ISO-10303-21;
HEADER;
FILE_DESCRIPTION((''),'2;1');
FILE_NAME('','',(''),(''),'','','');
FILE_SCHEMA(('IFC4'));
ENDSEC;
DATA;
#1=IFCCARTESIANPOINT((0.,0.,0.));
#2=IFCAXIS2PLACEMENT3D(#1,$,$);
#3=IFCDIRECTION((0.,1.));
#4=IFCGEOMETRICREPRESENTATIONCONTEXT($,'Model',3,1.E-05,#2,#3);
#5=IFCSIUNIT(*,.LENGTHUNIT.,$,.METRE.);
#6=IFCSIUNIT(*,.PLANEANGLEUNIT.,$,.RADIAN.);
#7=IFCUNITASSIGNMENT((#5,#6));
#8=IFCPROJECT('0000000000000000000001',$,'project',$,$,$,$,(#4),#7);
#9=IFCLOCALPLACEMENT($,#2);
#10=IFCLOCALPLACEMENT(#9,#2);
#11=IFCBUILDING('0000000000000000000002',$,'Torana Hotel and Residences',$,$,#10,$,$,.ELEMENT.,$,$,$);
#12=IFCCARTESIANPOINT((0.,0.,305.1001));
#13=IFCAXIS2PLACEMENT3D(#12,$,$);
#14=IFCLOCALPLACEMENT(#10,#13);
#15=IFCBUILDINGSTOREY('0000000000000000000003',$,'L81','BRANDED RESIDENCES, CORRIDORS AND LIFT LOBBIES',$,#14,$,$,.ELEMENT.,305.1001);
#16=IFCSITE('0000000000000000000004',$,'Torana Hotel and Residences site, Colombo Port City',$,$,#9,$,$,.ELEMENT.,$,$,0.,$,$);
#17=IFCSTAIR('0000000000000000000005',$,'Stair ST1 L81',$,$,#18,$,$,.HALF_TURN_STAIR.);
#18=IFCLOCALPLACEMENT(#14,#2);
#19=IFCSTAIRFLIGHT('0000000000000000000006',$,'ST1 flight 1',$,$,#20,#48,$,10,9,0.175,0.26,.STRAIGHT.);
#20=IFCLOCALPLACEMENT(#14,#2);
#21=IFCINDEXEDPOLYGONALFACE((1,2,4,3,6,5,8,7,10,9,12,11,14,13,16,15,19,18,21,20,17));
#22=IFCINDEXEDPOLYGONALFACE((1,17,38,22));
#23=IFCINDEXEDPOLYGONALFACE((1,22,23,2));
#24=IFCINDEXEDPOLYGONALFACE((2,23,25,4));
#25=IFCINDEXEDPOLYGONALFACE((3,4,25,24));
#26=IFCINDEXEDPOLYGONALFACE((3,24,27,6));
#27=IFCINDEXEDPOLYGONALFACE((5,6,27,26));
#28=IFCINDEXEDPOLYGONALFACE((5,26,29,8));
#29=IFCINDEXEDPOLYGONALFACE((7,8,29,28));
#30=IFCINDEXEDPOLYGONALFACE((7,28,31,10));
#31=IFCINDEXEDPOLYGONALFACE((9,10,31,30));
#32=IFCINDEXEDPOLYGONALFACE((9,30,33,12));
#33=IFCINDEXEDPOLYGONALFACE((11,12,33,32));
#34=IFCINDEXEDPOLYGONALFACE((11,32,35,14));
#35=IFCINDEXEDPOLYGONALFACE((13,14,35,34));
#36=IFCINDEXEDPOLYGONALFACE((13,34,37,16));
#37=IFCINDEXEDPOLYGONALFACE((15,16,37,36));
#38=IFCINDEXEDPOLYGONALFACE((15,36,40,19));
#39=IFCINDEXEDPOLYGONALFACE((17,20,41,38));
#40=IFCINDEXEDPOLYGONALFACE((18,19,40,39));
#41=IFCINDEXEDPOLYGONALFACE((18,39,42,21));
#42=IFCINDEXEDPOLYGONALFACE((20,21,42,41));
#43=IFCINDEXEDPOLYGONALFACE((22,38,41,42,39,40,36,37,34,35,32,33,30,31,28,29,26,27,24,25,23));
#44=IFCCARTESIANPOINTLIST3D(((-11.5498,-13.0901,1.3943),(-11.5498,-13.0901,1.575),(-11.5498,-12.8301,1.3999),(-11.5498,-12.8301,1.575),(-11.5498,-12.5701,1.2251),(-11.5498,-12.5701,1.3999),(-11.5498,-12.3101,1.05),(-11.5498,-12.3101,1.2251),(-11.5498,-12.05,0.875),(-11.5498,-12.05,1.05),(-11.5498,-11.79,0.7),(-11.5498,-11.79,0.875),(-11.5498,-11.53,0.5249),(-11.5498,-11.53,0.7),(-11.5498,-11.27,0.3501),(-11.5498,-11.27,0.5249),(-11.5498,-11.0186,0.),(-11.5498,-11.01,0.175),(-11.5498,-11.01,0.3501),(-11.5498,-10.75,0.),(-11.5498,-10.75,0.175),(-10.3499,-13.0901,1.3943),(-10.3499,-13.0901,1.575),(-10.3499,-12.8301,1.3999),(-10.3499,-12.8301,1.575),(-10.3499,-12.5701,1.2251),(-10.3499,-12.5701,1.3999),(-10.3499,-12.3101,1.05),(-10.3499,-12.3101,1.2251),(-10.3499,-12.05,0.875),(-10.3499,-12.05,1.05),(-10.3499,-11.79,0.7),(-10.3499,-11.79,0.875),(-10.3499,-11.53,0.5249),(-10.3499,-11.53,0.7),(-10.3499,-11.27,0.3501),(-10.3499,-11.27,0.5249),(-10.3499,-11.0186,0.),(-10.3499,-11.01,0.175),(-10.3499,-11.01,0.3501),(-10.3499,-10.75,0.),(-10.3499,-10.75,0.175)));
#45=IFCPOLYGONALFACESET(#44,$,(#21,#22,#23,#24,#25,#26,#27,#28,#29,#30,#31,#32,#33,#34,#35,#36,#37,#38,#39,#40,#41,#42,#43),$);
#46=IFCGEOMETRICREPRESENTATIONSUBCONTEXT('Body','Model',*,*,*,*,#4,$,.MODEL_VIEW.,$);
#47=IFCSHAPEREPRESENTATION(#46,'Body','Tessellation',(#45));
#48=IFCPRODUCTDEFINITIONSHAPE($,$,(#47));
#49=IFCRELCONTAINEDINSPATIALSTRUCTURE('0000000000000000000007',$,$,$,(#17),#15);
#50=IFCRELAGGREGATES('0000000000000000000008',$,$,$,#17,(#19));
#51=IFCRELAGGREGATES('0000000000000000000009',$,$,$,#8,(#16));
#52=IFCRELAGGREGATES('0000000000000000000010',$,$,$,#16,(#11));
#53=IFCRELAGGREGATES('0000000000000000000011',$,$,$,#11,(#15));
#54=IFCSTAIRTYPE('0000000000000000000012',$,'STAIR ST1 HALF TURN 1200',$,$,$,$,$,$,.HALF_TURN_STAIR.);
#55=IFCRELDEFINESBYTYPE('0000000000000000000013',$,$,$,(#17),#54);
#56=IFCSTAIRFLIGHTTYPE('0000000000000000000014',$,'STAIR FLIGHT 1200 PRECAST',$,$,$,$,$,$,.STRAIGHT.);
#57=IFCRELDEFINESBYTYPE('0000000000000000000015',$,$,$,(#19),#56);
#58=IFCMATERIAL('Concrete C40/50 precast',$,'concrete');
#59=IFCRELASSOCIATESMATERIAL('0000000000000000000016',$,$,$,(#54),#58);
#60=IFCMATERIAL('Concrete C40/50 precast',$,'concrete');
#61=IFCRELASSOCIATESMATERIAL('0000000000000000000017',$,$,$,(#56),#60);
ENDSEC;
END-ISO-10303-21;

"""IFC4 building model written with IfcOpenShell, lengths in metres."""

from ifc_helpers import new_model, si_unit, direction, frame, origin, place, context, subcontext, project, spatial, polyline, outline, extrude, material, type_object, element, aggregate, save


model = new_model("IFC4")

# Units and contexts
model_context = context("Model", 3, precision=1e-05, world=origin(), true_north=direction((0.0, 1.0)))
body_context = subcontext(model_context, "Body", "Model", "MODEL_VIEW")
ifc_project = project(units=[si_unit("LENGTHUNIT", "METRE"), si_unit("PLANEANGLEUNIT", "RADIAN")], contexts=[model_context])

# Site, building, storey
site_placement = place(None, origin())
site = spatial("IfcSite", under=ifc_project, at=site_placement, Name="Torana Hotel and Residences site, Colombo Port City", CompositionType="ELEMENT", RefElevation=0.0)
building_placement = place(site_placement, origin())
building = spatial("IfcBuilding", under=site, at=building_placement, Name="Torana Hotel and Residences", CompositionType="ELEMENT")
storey_placement = place(building_placement, frame((0.0, 0.0, 305.1001)))
storey = spatial("IfcBuildingStorey", under=building, at=storey_placement, Name="L81", Description="BRANDED RESIDENCES, CORRIDORS AND LIFT LOBBIES", CompositionType="ELEMENT", Elevation=305.1001)

# Stair, stair flight
ifc_material_1 = material(Name="Concrete C40/50 precast", Category="concrete")
stair_type = type_object("IfcStairType", Name="STAIR ST1 HALF TURN 1200", PredefinedType="HALF_TURN_STAIR", material=ifc_material_1)
stair_placement = place(storey_placement, origin())
stair = element("IfcStair", 1, at=stair_placement, inside=storey, type_object=stair_type, Name="Stair ST1 L81", PredefinedType="HALF_TURN_STAIR")
ifc_material_2 = material(Name="Concrete C40/50 precast", Category="concrete")
stair_flight_type = type_object("IfcStairFlightType", Name="STAIR FLIGHT 1200 PRECAST", PredefinedType="STRAIGHT", material=ifc_material_2)
stair_flight_placement = place(storey_placement, frame((-10.95, -10.75, 0.0), z_axis=(0.0, 0.0, 1.0), x_axis=(0.0, -1.0, 0.0)))
stair_flight = element("IfcStairFlight", 2, at=stair_flight_placement, type_object=stair_flight_type, Name="ST1 flight 1", NumberOfRisers=10, NumberOfTreads=9, PredefinedType="STRAIGHT", RiserHeight=0.175, TreadLength=0.26, context=body_context, shape_type="SweptSolid", body=[
    extrude(outline(polyline([(0.0, 0.0), (0.0, 0.175), (0.26, 0.175), (0.26, 0.3501), (0.52, 0.3501), (0.52, 0.5249), (0.78, 0.5249), (0.78, 0.7), (1.04, 0.7), (1.04, 0.875), (1.3, 0.875), (1.3, 1.05), (1.5601, 1.05), (1.5601, 1.2251), (1.8201, 1.2251), (1.8201, 1.3999), (2.0801, 1.3999), (2.0801, 1.575), (2.3401, 1.575), (2.3401, 1.75), (2.3401, 1.3943), (0.2686, 0.0), (0.0, 0.0)])), frame((0.0, 0.6001, 0.0), z_axis=(0.0, -1.0, 0.0), x_axis=(1.0, 0.0, 0.0)), (0.0, 0.0, 1.0), 1.2),
])
aggregate(stair, [stair_flight])

save(model, "model.ifc")
